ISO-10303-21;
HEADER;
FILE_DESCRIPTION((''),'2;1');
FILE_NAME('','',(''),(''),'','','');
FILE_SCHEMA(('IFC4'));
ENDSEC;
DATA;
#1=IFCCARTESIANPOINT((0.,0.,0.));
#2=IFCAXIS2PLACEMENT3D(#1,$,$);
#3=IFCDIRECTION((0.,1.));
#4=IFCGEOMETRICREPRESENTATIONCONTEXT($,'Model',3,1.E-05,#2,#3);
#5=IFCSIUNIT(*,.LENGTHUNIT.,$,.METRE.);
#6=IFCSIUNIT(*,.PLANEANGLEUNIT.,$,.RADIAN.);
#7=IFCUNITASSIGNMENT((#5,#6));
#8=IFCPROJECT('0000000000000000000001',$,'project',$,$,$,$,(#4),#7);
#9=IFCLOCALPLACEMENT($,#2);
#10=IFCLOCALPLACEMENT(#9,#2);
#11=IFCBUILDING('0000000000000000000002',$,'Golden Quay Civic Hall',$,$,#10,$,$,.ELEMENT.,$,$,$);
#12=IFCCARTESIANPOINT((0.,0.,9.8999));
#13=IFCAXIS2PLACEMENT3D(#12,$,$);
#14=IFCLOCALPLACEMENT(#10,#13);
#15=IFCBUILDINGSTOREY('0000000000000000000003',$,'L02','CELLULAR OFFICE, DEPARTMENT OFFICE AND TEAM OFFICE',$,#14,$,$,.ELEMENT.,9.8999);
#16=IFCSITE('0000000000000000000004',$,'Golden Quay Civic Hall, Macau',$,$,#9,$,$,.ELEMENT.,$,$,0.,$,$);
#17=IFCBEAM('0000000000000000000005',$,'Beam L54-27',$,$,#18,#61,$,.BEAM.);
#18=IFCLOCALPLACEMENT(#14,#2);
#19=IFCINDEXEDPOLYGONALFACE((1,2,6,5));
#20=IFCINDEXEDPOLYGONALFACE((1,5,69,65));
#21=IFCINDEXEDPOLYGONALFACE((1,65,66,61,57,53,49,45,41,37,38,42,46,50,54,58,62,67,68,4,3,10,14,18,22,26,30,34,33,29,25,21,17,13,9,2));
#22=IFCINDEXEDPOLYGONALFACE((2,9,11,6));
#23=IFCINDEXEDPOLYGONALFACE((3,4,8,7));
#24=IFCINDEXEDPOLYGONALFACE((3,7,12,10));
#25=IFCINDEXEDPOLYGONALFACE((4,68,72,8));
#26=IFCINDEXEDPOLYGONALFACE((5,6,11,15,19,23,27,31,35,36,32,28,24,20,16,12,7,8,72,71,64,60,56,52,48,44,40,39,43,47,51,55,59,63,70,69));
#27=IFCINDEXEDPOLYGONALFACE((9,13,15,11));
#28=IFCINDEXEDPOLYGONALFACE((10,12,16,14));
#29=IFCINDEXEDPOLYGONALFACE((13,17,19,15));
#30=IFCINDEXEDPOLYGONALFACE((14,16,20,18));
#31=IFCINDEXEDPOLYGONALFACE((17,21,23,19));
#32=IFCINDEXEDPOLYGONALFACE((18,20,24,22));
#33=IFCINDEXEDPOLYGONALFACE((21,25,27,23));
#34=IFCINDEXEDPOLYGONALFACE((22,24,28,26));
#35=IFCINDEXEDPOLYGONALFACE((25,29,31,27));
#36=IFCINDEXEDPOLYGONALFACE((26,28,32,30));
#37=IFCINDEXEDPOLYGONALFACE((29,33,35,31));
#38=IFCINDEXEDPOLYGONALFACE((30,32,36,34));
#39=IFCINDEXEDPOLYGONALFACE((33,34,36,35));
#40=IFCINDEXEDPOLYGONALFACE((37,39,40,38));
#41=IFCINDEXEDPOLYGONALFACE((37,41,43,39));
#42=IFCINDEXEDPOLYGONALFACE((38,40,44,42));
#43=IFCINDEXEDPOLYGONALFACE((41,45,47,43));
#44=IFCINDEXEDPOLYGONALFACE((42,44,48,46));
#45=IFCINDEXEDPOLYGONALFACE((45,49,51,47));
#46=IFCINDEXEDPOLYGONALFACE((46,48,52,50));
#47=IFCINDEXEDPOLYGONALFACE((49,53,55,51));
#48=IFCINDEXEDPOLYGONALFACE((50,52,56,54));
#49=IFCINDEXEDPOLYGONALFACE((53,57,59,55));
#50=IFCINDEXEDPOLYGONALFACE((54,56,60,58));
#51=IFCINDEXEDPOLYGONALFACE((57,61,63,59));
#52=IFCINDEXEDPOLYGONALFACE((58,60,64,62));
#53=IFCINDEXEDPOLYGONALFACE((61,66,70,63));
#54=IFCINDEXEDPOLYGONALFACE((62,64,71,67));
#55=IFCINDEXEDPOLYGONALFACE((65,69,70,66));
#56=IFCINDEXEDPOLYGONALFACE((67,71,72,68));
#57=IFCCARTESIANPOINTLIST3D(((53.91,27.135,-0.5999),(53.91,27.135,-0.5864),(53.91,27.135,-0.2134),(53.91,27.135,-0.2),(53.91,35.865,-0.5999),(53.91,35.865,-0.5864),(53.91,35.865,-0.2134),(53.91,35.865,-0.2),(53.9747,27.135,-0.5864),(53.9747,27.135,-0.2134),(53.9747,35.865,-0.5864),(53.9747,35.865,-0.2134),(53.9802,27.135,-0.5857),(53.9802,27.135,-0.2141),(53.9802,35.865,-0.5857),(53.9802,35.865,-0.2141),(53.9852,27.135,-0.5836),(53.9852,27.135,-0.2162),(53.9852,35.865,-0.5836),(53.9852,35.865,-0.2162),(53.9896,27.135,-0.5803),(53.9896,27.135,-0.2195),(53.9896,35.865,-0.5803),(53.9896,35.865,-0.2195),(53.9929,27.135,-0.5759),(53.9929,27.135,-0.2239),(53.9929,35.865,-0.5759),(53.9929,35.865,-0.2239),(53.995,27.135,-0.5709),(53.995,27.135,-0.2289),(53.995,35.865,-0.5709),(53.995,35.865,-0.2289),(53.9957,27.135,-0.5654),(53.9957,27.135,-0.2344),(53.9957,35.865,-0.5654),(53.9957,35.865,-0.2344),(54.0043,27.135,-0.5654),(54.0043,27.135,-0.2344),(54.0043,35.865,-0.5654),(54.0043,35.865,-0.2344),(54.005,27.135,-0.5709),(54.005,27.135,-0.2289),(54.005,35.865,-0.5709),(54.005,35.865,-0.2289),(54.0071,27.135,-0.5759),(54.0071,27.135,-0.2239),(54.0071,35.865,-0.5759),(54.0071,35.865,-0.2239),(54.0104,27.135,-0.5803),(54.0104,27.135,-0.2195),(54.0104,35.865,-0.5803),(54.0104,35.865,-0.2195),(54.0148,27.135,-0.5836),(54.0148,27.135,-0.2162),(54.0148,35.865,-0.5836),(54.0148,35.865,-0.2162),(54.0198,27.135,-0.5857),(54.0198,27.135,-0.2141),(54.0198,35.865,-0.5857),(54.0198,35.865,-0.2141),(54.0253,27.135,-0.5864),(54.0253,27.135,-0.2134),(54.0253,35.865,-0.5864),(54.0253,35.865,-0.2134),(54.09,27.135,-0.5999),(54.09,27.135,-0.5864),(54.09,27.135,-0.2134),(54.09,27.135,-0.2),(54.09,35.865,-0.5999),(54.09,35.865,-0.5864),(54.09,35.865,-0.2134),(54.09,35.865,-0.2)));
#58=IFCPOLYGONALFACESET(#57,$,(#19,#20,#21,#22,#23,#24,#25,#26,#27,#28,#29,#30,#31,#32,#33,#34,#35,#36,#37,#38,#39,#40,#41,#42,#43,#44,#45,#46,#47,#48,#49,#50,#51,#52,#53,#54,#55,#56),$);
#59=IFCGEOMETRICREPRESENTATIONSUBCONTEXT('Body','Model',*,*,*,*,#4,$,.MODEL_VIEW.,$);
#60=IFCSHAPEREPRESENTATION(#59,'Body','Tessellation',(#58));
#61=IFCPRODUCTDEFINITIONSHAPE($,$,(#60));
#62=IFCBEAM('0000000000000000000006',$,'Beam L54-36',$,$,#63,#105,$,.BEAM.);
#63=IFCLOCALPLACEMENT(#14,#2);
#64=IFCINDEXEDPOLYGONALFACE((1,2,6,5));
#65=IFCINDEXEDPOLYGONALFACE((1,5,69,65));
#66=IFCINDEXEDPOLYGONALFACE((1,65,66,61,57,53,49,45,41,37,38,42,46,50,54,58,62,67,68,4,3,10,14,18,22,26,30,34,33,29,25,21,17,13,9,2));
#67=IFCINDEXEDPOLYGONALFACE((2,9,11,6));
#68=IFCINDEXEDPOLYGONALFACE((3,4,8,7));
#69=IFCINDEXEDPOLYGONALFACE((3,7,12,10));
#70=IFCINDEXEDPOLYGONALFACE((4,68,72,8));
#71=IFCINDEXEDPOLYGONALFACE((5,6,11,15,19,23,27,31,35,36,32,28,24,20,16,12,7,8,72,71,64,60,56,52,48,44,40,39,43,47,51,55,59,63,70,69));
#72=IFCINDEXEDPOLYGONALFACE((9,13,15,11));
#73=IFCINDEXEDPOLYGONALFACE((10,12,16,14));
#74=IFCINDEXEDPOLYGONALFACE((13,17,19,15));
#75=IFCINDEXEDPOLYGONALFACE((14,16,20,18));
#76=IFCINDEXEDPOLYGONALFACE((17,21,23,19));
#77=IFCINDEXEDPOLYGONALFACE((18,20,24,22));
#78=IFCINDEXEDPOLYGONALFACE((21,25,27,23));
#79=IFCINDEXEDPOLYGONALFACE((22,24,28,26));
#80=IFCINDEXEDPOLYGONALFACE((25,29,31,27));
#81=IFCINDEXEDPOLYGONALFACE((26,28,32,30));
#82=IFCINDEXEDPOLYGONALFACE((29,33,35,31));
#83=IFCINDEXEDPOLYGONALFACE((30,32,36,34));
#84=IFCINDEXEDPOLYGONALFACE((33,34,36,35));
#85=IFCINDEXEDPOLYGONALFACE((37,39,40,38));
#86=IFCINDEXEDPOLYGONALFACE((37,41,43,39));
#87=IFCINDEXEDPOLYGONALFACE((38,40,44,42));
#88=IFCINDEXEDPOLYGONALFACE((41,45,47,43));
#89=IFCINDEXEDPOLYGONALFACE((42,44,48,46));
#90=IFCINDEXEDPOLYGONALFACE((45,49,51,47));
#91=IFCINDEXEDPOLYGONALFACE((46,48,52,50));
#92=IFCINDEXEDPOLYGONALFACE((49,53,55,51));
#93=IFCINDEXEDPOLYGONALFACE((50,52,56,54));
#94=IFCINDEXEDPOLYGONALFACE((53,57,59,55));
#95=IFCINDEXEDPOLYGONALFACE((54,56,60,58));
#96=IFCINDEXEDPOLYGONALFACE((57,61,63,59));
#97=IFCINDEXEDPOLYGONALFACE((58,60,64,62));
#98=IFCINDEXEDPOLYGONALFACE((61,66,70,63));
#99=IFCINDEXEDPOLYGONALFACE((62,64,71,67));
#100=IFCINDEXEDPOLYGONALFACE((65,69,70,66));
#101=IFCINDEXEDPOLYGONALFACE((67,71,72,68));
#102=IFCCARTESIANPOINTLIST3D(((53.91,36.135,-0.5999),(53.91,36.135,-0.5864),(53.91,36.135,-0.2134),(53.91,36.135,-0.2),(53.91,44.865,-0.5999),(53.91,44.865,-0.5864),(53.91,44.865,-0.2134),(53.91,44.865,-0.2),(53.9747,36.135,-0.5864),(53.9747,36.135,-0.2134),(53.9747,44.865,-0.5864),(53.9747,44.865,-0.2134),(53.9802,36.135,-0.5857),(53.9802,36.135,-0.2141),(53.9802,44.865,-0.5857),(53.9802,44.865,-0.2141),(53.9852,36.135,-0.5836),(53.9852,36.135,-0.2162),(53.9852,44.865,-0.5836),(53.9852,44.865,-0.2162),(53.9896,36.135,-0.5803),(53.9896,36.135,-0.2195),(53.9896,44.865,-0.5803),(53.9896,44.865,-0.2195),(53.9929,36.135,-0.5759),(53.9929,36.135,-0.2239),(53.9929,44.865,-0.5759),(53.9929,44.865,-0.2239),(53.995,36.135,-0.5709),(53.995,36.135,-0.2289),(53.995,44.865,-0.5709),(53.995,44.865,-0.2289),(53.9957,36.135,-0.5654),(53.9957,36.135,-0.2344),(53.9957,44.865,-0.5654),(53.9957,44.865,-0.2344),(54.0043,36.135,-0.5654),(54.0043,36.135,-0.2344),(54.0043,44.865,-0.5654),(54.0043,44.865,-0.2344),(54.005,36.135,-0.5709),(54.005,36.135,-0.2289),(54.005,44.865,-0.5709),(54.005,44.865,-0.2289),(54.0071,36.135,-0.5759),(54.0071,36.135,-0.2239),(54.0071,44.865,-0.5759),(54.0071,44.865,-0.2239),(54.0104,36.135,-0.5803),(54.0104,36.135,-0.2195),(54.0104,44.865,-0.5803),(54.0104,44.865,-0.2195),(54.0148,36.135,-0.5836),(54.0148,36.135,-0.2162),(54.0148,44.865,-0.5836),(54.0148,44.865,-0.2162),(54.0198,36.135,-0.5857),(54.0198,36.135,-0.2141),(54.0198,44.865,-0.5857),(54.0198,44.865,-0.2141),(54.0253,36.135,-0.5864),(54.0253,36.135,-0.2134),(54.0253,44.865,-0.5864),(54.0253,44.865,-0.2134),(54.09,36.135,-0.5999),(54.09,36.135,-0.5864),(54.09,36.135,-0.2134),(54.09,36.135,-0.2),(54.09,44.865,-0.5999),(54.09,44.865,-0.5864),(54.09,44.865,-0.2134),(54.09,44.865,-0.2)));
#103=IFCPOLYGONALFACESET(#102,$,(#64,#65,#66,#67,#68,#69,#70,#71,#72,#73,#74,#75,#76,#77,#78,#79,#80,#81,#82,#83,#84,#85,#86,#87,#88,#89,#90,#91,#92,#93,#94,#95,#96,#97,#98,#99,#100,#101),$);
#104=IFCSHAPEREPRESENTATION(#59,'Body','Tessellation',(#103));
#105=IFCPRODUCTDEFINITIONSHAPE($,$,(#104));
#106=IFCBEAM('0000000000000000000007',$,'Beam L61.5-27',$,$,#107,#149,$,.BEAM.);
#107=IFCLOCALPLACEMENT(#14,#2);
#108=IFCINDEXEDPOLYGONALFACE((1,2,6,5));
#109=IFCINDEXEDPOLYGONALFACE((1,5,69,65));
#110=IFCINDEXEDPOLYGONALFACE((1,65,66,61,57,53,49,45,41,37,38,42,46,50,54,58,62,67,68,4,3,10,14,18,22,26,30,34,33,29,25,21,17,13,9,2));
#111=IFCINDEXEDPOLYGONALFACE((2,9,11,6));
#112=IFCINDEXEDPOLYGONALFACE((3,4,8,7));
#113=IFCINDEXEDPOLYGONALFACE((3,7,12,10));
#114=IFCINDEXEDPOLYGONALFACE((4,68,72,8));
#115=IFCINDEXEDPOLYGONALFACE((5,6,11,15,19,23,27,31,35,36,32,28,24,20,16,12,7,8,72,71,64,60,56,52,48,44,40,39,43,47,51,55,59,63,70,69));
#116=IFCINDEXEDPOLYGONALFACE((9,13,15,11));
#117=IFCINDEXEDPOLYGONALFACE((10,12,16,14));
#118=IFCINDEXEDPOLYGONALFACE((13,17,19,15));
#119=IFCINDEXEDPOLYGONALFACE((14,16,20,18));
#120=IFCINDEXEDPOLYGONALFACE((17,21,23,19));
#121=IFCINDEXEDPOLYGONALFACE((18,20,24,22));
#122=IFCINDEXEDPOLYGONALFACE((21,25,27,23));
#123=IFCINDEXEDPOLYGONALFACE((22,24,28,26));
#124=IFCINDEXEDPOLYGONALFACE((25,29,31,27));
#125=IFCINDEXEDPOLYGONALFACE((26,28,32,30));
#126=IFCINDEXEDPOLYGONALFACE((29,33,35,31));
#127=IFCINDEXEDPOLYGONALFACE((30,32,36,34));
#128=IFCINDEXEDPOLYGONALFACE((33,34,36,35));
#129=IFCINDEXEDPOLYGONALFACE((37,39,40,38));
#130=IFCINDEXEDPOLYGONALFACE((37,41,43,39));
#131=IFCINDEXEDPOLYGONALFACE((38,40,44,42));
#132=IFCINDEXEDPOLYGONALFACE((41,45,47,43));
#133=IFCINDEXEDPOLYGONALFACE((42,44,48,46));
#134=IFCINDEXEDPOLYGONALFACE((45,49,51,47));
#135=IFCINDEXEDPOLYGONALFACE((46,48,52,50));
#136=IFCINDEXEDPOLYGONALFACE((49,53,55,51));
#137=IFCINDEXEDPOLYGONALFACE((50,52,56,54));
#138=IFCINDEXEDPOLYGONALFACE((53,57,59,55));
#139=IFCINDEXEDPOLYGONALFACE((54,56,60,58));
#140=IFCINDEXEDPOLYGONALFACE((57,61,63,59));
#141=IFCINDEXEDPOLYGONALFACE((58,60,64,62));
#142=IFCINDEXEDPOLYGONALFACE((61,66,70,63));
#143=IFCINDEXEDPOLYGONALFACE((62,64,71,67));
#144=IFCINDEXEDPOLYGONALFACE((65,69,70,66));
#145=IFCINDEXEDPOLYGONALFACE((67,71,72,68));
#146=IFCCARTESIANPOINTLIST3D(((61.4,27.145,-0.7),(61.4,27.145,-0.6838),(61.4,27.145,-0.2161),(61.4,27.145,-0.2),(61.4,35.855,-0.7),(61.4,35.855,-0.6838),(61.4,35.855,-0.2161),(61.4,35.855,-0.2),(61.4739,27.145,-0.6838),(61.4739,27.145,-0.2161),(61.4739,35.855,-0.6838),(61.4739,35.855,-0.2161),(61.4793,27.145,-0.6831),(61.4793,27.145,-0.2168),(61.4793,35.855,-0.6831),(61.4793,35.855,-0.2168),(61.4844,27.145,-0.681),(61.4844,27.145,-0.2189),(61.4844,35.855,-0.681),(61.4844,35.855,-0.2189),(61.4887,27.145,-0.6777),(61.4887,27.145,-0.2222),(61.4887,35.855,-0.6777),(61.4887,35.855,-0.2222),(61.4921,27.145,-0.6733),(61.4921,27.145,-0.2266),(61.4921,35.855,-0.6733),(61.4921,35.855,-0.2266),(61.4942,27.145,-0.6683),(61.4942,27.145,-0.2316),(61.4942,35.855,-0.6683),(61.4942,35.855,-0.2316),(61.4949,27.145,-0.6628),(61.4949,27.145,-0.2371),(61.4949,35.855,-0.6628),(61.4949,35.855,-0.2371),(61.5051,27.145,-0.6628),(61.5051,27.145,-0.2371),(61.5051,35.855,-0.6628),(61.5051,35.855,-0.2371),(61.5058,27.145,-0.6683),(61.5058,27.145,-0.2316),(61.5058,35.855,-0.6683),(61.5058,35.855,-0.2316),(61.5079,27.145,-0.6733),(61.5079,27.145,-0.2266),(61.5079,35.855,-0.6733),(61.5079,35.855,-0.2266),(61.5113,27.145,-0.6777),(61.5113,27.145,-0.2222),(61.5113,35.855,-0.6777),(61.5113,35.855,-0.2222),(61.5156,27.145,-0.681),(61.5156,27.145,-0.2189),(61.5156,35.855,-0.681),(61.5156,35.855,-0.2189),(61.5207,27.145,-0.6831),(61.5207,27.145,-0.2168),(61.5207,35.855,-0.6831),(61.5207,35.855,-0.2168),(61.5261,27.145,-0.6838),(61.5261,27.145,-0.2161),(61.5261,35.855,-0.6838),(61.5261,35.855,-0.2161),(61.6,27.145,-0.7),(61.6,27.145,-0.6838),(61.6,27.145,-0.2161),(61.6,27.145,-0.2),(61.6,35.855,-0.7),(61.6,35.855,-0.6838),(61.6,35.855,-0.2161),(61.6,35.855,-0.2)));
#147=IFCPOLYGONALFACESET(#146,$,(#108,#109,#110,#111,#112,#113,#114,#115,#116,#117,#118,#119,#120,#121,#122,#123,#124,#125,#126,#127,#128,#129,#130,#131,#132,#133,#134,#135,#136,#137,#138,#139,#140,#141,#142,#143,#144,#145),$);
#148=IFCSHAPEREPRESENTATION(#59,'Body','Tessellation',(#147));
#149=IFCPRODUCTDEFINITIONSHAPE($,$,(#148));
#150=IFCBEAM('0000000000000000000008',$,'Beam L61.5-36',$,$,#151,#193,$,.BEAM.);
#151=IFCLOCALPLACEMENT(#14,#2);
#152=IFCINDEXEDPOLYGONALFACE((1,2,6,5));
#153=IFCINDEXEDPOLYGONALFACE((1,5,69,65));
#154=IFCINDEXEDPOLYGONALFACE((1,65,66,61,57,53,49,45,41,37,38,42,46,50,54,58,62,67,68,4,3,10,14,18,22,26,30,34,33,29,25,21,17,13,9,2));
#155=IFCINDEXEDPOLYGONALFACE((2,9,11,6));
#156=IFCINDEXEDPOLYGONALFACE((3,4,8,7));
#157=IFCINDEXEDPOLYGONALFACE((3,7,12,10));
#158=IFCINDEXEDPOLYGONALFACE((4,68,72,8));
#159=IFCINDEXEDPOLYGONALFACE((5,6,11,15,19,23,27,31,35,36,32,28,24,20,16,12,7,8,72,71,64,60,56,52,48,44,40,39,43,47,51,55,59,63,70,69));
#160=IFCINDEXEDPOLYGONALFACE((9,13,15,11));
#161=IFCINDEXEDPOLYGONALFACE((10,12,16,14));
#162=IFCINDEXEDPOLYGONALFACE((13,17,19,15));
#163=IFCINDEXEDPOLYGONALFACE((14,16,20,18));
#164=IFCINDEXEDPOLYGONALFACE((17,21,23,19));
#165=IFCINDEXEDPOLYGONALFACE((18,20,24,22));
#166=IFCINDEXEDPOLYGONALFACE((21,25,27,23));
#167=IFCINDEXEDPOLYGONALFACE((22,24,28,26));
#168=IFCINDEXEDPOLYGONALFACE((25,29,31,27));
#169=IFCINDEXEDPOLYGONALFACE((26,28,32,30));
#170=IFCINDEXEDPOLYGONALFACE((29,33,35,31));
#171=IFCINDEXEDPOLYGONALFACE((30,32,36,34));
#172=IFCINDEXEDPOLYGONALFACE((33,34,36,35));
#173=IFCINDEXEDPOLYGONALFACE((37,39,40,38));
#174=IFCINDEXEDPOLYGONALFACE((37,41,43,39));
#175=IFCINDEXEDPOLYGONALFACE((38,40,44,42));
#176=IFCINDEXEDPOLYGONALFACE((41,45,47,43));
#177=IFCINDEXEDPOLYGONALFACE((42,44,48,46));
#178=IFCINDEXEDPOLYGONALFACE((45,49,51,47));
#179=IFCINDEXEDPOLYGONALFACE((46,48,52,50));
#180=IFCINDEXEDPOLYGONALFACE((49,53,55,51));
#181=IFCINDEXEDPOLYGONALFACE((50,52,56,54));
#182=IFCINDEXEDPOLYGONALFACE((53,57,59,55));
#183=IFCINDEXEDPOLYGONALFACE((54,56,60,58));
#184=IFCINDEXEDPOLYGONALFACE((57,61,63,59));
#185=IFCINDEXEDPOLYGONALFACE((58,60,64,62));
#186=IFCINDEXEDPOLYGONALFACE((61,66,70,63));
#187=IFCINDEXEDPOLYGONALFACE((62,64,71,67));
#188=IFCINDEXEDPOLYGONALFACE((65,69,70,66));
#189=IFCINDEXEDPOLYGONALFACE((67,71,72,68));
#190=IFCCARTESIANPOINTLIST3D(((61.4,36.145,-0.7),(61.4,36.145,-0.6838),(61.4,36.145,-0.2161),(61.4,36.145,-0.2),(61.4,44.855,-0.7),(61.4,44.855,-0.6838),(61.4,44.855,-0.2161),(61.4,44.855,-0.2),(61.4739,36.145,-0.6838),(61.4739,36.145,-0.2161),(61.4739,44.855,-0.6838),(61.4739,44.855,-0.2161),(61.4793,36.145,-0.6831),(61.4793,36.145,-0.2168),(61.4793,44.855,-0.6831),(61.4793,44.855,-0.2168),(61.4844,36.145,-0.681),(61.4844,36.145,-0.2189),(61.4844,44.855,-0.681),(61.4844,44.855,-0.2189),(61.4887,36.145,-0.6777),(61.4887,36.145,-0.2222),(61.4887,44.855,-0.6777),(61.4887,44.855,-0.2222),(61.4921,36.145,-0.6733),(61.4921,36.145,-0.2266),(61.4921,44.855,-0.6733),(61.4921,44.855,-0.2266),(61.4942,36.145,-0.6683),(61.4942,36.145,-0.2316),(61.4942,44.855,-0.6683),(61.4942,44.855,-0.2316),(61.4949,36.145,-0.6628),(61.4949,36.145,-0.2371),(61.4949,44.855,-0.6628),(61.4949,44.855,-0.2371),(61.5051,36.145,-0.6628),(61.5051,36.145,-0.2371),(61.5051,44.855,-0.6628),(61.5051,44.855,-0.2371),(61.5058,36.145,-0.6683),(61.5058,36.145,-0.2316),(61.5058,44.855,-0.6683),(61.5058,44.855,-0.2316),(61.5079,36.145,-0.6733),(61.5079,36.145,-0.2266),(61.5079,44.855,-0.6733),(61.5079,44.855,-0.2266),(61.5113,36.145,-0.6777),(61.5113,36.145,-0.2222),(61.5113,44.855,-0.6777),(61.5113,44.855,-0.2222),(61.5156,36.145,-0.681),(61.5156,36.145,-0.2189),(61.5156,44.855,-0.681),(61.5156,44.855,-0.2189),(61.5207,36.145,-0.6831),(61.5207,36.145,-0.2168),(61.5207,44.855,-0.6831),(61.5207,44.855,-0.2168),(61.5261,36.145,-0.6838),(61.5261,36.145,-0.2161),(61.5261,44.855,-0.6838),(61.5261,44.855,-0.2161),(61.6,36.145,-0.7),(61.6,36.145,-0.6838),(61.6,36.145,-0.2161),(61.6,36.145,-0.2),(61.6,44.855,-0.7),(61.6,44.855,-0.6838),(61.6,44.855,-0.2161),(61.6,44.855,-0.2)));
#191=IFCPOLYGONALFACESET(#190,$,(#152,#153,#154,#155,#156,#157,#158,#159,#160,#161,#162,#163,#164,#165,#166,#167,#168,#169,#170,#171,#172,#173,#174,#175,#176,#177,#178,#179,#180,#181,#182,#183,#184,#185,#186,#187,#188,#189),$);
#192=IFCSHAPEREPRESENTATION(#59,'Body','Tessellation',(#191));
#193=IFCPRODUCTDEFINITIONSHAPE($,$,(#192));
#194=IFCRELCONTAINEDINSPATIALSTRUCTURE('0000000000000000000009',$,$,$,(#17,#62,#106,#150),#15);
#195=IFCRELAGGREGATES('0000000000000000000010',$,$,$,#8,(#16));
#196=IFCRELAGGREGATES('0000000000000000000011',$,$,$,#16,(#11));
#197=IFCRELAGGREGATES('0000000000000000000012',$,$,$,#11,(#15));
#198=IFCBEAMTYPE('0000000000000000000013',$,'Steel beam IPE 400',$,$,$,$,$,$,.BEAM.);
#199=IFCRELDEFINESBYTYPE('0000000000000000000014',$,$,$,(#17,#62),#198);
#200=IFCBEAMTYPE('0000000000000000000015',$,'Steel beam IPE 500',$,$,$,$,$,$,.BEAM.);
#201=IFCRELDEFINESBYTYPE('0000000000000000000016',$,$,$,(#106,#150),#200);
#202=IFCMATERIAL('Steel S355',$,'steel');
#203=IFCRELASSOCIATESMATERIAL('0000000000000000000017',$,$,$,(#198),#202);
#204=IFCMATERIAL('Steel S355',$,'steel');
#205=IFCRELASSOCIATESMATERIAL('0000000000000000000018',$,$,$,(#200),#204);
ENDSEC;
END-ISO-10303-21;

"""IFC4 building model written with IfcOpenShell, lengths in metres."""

from ifc_helpers import new_model, si_unit, direction, frame, origin, origin_2d, place, context, subcontext, project, spatial, i_section, extrude, material, material_profile, profile_set, type_object, element, save


model = new_model("IFC4")

# Units and contexts
model_context = context("Model", 3, precision=1e-05, world=origin(), true_north=direction((0.0, 1.0)))
body_context = subcontext(model_context, "Body", "Model", "MODEL_VIEW")
ifc_project = project(units=[si_unit("LENGTHUNIT", "METRE"), si_unit("PLANEANGLEUNIT", "RADIAN")], contexts=[model_context])

# Site, building, storey
site_placement = place(None, origin())
site = spatial("IfcSite", under=ifc_project, at=site_placement, Name="Golden Quay Civic Hall, Macau", CompositionType="ELEMENT", RefElevation=0.0)
building_placement = place(site_placement, origin())
building = spatial("IfcBuilding", under=site, at=building_placement, Name="Golden Quay Civic Hall", CompositionType="ELEMENT")
storey_placement = place(building_placement, frame((0.0, 0.0, 9.8999)))
storey = spatial("IfcBuildingStorey", under=building, at=storey_placement, Name="L02", Description="CELLULAR OFFICE, DEPARTMENT OFFICE AND TEAM OFFICE", CompositionType="ELEMENT", Elevation=9.8999)

# Beams
ifc_material_1 = material(Name="Steel S355", Category="steel")
ifc_material_profile_1 = material_profile(ifc_material_1, i_section(OverallWidth=0.1799, OverallDepth=0.3999, WebThickness=0.0085, FlangeThickness=0.0134, FilletRadius=0.021, at=origin_2d()), Name="IPE 400")
ifc_profile_set_1 = profile_set([ifc_material_profile_1], Name="Steel S355")
beam_type_1 = type_object("IfcBeamType", Name="Steel beam IPE 400", PredefinedType="BEAM", material=ifc_profile_set_1)
for number, where, z_axis, x_axis, name in (
    (1, (54.0, 27.135, -0.3999), (0.0, 1.0, 0.0), (-1.0, 0.0, 0.0), "Beam L54-27"),
    (2, (54.0, 36.135, -0.3999), (0.0, 1.0, 0.0), (-1.0, 0.0, 0.0), "Beam L54-36"),
):
    element("IfcBeam", number, at=place(storey_placement, frame(where, z_axis=z_axis, x_axis=x_axis)), inside=storey, type_object=beam_type_1, Name=name, PredefinedType="BEAM", context=body_context, shape_type="SweptSolid", body=[
        extrude(i_section(OverallWidth=0.1799, OverallDepth=0.3999, WebThickness=0.0085, FlangeThickness=0.0134, FilletRadius=0.021, at=origin_2d()), origin(), (0.0, 0.0, 1.0), 8.73),
    ])
ifc_material_2 = material(Name="Steel S355", Category="steel")
ifc_material_profile_2 = material_profile(ifc_material_2, i_section(OverallWidth=0.2, OverallDepth=0.5, WebThickness=0.0103, FlangeThickness=0.0161, FilletRadius=0.021, at=origin_2d()), Name="IPE 500")
ifc_profile_set_2 = profile_set([ifc_material_profile_2], Name="Steel S355")
beam_type_2 = type_object("IfcBeamType", Name="Steel beam IPE 500", PredefinedType="BEAM", material=ifc_profile_set_2)
for number, where, z_axis, x_axis, name in (
    (3, (61.5, 27.145, -0.45), (0.0, 1.0, 0.0), (-1.0, 0.0, 0.0), "Beam L61.5-27"),
    (4, (61.5, 36.145, -0.45), (0.0, 1.0, 0.0), (-1.0, 0.0, 0.0), "Beam L61.5-36"),
):
    element("IfcBeam", number, at=place(storey_placement, frame(where, z_axis=z_axis, x_axis=x_axis)), inside=storey, type_object=beam_type_2, Name=name, PredefinedType="BEAM", context=body_context, shape_type="SweptSolid", body=[
        extrude(i_section(OverallWidth=0.2, OverallDepth=0.5, WebThickness=0.0103, FlangeThickness=0.0161, FilletRadius=0.021, at=origin_2d()), origin(), (0.0, 0.0, 1.0), 8.71),
    ])

save(model, "model.ifc")
